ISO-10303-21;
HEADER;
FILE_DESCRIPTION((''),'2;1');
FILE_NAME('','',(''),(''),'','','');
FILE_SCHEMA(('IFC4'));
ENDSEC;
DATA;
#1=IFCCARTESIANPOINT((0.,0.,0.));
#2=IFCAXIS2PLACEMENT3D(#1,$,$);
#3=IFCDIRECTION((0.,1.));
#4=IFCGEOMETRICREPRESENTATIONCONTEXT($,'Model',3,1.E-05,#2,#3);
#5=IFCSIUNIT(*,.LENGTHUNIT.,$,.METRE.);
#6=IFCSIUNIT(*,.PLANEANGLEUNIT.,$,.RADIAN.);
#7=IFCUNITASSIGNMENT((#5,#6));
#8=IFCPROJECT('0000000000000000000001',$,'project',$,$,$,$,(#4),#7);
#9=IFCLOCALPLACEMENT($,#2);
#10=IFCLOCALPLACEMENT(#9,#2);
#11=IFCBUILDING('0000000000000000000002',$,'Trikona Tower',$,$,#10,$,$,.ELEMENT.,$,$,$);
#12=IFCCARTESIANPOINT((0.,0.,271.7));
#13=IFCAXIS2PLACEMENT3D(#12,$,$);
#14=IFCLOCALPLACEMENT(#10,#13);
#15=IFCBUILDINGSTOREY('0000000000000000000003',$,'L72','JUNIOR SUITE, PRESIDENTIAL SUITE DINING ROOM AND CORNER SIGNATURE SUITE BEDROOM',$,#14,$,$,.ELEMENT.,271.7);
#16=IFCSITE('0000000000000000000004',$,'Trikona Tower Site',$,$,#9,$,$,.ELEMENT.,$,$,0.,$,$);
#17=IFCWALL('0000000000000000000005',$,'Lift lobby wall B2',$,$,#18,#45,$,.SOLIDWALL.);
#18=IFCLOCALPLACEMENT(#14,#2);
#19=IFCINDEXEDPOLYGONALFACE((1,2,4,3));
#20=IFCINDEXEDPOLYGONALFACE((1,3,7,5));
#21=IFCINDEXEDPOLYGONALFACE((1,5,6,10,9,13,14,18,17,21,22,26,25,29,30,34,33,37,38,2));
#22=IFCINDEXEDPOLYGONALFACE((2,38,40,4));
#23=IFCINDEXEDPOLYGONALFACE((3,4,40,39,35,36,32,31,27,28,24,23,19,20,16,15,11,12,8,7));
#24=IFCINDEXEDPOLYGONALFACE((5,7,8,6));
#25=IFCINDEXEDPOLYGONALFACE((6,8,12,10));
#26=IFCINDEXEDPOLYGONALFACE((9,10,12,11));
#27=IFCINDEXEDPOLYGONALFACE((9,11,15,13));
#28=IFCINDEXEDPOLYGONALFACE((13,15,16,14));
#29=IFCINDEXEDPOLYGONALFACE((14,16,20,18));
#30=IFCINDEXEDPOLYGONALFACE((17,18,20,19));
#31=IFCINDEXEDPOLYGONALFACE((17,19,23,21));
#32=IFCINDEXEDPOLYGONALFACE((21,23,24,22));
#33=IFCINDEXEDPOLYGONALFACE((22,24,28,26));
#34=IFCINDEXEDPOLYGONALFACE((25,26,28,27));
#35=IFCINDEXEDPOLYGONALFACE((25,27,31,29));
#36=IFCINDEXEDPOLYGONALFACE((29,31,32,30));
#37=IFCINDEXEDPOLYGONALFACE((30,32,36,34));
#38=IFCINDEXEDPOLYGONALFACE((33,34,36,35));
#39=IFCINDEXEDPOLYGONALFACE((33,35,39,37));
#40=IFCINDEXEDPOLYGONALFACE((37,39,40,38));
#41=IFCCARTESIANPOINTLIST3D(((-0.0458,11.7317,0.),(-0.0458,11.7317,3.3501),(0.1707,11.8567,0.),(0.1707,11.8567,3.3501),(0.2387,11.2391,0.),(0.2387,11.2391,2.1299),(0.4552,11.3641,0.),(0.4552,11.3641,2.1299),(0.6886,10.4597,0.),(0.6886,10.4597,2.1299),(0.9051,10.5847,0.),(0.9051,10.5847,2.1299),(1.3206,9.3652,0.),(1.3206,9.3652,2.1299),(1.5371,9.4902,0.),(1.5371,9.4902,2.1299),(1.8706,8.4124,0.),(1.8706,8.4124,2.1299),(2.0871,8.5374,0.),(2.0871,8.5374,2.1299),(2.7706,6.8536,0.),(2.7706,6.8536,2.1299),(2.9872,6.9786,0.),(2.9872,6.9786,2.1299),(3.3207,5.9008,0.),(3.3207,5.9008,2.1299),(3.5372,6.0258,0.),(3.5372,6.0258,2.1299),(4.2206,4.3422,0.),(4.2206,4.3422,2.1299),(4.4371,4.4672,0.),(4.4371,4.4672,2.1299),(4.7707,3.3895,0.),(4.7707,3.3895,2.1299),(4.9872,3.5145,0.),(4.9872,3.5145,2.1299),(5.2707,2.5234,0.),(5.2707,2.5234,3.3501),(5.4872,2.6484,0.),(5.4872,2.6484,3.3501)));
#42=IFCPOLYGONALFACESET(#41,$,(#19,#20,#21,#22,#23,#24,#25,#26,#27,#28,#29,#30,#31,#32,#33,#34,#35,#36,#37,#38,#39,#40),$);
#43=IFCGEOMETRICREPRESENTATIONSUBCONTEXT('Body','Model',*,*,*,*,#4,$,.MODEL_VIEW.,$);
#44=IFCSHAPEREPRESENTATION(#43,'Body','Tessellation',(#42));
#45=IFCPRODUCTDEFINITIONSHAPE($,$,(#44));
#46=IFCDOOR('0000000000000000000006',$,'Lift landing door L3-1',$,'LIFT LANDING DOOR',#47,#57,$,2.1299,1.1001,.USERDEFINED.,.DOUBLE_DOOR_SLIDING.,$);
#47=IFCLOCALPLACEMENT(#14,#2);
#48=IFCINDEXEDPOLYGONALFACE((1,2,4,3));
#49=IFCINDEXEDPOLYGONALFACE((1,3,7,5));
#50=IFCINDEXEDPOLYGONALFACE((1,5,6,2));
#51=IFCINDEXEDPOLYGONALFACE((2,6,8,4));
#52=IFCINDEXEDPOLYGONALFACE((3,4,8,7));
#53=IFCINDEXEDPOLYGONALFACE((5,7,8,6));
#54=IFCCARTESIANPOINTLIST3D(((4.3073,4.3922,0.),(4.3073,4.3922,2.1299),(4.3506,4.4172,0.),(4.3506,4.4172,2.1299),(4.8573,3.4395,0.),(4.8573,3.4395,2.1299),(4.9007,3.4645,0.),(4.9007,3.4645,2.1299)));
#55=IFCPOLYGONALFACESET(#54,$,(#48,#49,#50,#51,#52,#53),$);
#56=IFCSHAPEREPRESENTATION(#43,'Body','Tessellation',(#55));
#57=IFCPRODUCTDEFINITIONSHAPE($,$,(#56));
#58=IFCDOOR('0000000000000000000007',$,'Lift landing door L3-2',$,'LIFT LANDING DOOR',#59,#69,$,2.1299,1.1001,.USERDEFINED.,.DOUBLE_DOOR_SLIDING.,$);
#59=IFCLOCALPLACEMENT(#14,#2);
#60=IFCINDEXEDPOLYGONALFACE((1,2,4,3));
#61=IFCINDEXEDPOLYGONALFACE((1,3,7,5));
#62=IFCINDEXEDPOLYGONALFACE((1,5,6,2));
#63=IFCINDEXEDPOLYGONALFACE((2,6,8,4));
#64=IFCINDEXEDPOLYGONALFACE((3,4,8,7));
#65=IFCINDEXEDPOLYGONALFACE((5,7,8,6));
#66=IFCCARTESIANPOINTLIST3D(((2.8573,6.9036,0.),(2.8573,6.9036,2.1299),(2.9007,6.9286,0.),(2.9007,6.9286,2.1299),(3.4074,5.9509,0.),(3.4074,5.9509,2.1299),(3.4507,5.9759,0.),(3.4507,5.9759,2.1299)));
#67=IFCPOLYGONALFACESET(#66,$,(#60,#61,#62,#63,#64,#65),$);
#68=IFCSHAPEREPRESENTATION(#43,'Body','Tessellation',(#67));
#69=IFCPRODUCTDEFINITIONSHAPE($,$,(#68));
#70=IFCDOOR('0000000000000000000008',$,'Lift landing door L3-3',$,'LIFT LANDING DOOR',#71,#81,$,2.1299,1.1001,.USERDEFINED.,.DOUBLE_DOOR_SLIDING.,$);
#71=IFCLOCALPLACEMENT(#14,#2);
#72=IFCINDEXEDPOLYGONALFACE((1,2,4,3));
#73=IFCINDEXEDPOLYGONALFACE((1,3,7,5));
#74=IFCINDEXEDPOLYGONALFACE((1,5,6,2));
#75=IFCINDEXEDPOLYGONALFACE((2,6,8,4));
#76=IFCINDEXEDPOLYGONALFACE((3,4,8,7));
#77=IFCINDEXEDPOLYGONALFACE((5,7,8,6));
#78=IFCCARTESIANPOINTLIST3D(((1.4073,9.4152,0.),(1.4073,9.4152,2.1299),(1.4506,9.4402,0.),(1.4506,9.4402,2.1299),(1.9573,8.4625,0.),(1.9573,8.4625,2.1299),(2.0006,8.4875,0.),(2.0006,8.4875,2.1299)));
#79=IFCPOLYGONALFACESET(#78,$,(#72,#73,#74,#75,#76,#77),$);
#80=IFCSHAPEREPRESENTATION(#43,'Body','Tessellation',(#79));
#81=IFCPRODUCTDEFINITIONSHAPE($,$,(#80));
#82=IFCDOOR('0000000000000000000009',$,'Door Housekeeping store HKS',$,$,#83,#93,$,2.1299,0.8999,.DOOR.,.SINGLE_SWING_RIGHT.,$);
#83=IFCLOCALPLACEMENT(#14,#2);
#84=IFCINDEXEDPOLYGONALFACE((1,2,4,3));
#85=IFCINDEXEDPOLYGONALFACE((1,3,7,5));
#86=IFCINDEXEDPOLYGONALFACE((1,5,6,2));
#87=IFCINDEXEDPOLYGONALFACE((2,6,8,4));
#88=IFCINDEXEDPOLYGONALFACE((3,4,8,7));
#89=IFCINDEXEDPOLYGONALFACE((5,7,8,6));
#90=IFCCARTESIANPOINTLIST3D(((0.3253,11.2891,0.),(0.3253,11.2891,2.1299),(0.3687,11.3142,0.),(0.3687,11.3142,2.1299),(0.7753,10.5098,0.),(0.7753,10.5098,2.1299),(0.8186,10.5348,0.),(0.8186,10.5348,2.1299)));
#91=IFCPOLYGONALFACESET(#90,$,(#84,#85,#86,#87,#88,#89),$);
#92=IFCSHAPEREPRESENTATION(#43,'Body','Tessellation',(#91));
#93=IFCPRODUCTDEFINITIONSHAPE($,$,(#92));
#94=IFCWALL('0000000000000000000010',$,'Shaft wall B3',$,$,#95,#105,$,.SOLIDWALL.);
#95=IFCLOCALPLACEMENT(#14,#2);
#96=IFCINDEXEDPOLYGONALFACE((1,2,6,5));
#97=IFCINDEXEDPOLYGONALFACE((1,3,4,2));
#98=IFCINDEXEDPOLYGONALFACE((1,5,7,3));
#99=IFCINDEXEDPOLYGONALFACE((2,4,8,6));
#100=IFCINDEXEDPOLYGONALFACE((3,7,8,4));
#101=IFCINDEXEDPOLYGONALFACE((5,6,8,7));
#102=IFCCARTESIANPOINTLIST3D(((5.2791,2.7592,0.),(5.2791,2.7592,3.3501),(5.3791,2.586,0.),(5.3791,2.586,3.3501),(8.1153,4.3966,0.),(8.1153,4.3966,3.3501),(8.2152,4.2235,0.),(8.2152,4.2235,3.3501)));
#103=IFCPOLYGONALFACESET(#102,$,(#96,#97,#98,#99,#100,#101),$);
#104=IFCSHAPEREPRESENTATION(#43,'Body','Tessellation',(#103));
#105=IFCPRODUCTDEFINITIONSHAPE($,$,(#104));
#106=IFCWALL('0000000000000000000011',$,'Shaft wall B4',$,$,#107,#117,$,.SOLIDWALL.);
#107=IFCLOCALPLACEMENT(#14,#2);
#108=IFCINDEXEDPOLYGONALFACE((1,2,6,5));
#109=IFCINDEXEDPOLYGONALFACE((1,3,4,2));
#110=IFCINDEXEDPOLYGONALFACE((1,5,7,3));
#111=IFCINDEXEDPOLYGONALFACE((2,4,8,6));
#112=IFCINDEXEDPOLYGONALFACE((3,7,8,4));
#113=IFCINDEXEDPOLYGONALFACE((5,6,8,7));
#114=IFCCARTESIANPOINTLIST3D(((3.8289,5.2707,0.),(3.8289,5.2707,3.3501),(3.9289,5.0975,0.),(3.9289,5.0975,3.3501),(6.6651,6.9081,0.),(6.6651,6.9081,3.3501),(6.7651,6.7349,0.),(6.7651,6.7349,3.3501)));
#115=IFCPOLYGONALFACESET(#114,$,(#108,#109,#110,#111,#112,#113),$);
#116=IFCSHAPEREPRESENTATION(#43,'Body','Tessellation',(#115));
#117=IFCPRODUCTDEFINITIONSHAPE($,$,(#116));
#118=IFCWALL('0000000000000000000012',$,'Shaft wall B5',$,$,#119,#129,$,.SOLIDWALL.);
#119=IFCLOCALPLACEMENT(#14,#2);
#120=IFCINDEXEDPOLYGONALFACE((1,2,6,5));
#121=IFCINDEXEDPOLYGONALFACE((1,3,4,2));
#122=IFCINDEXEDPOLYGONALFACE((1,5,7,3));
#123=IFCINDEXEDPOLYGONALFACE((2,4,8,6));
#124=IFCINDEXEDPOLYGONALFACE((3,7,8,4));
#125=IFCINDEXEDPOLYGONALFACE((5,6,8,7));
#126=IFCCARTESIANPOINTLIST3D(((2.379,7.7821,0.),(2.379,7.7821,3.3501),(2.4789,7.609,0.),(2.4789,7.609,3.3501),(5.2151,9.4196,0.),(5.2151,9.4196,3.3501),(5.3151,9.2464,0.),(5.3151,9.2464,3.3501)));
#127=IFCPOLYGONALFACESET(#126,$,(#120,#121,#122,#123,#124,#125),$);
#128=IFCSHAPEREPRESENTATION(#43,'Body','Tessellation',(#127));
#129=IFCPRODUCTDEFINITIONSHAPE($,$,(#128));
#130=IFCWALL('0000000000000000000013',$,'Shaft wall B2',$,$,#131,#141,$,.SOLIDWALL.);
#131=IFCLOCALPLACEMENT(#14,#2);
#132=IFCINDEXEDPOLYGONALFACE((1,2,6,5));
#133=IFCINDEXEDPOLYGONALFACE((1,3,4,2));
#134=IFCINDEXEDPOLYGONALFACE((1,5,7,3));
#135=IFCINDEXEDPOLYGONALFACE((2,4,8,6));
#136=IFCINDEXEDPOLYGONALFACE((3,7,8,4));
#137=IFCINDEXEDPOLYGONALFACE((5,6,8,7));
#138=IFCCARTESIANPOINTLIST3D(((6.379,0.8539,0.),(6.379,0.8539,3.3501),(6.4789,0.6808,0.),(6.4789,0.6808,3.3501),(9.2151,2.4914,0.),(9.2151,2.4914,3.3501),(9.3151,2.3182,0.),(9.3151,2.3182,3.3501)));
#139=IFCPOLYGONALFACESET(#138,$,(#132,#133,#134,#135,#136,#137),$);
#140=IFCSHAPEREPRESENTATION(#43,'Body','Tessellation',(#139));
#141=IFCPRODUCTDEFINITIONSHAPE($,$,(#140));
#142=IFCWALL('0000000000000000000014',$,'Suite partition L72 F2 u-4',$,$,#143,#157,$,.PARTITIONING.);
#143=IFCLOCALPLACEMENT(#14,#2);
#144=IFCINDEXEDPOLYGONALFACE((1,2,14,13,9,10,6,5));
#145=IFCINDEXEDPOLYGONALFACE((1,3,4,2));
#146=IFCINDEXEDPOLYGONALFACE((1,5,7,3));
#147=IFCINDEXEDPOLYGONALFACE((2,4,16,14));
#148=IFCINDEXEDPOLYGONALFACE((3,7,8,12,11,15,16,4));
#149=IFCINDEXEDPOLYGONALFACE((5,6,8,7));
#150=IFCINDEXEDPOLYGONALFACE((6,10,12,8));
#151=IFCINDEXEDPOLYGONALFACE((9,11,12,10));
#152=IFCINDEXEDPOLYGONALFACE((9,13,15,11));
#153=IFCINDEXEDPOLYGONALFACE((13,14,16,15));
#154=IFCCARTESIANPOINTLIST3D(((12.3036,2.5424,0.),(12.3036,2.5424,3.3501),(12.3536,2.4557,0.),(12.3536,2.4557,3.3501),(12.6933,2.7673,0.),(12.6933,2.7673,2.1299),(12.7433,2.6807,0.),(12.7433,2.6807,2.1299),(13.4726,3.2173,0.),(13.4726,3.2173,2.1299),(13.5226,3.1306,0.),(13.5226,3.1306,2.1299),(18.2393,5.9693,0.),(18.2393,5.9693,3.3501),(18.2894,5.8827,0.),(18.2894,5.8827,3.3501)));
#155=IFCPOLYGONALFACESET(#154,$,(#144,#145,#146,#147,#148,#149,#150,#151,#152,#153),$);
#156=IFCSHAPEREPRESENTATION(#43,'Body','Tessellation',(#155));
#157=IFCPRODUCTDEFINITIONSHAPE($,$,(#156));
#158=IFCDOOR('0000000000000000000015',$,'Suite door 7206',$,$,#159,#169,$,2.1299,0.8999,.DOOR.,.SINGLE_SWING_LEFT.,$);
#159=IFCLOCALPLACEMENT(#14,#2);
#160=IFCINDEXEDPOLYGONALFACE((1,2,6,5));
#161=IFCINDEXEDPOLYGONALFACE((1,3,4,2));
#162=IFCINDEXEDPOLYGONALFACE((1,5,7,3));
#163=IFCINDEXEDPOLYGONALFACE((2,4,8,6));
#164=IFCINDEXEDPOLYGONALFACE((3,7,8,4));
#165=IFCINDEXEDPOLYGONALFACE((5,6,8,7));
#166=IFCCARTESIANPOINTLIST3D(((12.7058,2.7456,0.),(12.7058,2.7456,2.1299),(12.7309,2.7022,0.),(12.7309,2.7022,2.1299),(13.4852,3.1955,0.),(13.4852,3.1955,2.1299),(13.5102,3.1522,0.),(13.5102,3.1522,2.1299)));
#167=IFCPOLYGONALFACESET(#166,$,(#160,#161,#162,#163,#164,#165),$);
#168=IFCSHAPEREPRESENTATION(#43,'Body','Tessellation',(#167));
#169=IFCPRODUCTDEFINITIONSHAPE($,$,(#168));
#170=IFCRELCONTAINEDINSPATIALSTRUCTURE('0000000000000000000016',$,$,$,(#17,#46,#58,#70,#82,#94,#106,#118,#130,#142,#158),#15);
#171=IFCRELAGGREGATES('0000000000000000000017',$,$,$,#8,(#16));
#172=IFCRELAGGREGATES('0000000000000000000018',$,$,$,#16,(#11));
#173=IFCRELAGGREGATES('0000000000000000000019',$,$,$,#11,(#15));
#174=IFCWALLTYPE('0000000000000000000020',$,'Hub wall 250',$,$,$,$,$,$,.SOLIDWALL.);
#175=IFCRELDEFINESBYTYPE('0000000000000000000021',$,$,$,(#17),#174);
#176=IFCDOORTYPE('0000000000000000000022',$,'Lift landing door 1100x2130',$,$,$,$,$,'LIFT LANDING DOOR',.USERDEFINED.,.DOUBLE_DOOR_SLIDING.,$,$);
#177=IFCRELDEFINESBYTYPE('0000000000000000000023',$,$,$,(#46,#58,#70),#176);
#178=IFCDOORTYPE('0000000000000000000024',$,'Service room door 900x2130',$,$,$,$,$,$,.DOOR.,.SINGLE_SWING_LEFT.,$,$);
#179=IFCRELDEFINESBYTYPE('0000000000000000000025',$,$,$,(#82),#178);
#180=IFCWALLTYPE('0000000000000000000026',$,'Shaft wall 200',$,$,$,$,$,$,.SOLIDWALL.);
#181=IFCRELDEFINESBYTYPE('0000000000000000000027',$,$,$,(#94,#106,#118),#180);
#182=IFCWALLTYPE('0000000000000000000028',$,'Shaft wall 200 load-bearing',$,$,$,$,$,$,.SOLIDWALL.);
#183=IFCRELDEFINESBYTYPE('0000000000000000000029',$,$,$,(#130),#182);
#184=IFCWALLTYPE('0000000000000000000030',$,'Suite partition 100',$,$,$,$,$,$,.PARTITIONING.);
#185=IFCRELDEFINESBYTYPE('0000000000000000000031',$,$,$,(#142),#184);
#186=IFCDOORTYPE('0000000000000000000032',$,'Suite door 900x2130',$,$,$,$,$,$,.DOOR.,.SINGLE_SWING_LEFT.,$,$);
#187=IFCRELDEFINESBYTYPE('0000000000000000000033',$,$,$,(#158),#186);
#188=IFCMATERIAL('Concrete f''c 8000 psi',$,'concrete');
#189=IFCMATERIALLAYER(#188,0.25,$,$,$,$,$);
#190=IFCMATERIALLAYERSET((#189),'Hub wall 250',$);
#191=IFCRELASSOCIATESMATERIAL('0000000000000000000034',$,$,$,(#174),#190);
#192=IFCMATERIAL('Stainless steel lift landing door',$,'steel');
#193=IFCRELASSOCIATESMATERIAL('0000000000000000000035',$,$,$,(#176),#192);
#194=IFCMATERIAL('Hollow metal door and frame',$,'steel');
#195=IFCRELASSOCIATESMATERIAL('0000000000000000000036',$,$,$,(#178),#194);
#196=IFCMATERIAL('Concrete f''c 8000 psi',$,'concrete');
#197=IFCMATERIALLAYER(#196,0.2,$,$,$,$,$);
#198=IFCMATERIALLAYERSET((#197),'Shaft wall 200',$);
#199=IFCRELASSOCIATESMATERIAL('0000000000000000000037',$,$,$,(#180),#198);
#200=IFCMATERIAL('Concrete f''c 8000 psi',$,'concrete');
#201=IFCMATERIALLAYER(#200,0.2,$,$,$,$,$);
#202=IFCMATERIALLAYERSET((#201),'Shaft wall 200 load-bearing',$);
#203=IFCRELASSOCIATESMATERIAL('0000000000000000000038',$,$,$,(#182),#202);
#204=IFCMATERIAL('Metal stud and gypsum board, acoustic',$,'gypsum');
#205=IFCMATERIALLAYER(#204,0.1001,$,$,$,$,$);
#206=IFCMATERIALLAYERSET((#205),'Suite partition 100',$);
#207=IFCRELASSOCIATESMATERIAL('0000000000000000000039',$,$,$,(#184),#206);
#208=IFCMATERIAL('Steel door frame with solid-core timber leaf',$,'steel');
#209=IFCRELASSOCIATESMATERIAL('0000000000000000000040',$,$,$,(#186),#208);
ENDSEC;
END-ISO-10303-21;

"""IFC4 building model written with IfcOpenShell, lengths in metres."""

from ifc_helpers import new_model, si_unit, direction, frame, frame_2d, origin, place, context, subcontext, project, spatial, rectangle, extrude, material, layer, layer_set, type_object, element, fill, save


model = new_model("IFC4")

# Units and contexts
model_context = context("Model", 3, precision=1e-05, world=origin(), true_north=direction((0.0, 1.0)))
body_context = subcontext(model_context, "Body", "Model", "MODEL_VIEW")
ifc_project = project(units=[si_unit("LENGTHUNIT", "METRE"), si_unit("PLANEANGLEUNIT", "RADIAN")], contexts=[model_context])

# Site, building, storey
site_placement = place(None, origin())
site = spatial("IfcSite", under=ifc_project, at=site_placement, Name="Trikona Tower Site", CompositionType="ELEMENT", RefElevation=0.0)
building_placement = place(site_placement, origin())
building = spatial("IfcBuilding", under=site, at=building_placement, Name="Trikona Tower", CompositionType="ELEMENT")
storey_placement = place(building_placement, frame((0.0, 0.0, 271.7)))
storey = spatial("IfcBuildingStorey", under=building, at=storey_placement, Name="L72", Description="JUNIOR SUITE, PRESIDENTIAL SUITE DINING ROOM AND CORNER SIGNATURE SUITE BEDROOM", CompositionType="ELEMENT", Elevation=271.7)

# Wall, openings, doors
ifc_material_1 = material(Name="Concrete f'c 8000 psi", Category="concrete")
ifc_layer_1 = layer(ifc_material_1, 0.25)
ifc_layer_set_1 = layer_set([ifc_layer_1], Name="Hub wall 250")
wall_type_1 = type_object("IfcWallType", Name="Hub wall 250", PredefinedType="SOLIDWALL", material=ifc_layer_set_1)
wall_1_placement = place(storey_placement, frame((5.3789, 2.5859, 0.0), z_axis=(0.0, 0.0, 1.0), x_axis=(-0.500001, 0.866025, 0.0)))
wall_1 = element("IfcWall", 1, at=wall_1_placement, inside=storey, type_object=wall_type_1, Name="Lift lobby wall B2", PredefinedType="SOLIDWALL", context=body_context, shape_type="SweptSolid", body=[
    extrude(rectangle(XDim=10.6328, YDim=0.25, at=frame_2d((5.3164, 0.0))), origin(), (0.0, 0.0, 1.0), 3.3501),
])
opening_1_placement = place(wall_1_placement, frame((9.1641, 0.0, 0.0)))
opening_1 = element("IfcOpeningElement", 2, at=opening_1_placement, cuts=wall_1, PredefinedType="OPENING", context=body_context, shape_type="SweptSolid", body=[
    extrude(rectangle(XDim=0.8999, YDim=2.1299, at=frame_2d((0.45, 1.0649))), frame((0.0, 0.135, 0.0), z_axis=(0.0, -1.0, 0.0), x_axis=(1.0, 0.0, 0.0)), (0.0, 0.0, 1.0), 0.27),
])
opening_2_placement = place(wall_1_placement, frame((1.0, 0.0, 0.0)))
opening_2 = element("IfcOpeningElement", 3, at=opening_2_placement, cuts=wall_1, PredefinedType="OPENING", context=body_context, shape_type="SweptSolid", body=[
    extrude(rectangle(XDim=1.1001, YDim=2.1299, at=frame_2d((0.55, 1.0649))), frame((0.0, 0.135, 0.0), z_axis=(0.0, -1.0, 0.0), x_axis=(1.0, 0.0, 0.0)), (0.0, 0.0, 1.0), 0.27),
])
opening_3_placement = place(wall_1_placement, frame((3.8999, 0.0, 0.0)))
opening_3 = element("IfcOpeningElement", 4, at=opening_3_placement, cuts=wall_1, PredefinedType="OPENING", context=body_context, shape_type="SweptSolid", body=[
    extrude(rectangle(XDim=1.1001, YDim=2.1299, at=frame_2d((0.55, 1.0649))), frame((0.0, 0.135, 0.0), z_axis=(0.0, -1.0, 0.0), x_axis=(1.0, 0.0, 0.0)), (0.0, 0.0, 1.0), 0.27),
])
opening_4_placement = place(wall_1_placement, frame((6.8, 0.0, 0.0)))
opening_4 = element("IfcOpeningElement", 5, at=opening_4_placement, cuts=wall_1, PredefinedType="OPENING", context=body_context, shape_type="SweptSolid", body=[
    extrude(rectangle(XDim=1.1001, YDim=2.1299, at=frame_2d((0.55, 1.0649))), frame((0.0, 0.135, 0.0), z_axis=(0.0, -1.0, 0.0), x_axis=(1.0, 0.0, 0.0)), (0.0, 0.0, 1.0), 0.27),
])
ifc_material_2 = material(Name="Stainless steel lift landing door", Category="steel")
door_type_1 = type_object("IfcDoorType", Name="Lift landing door 1100x2130", ElementType="LIFT LANDING DOOR", OperationType="DOUBLE_DOOR_SLIDING", PredefinedType="USERDEFINED", material=ifc_material_2)
door_1_placement = place(opening_2_placement, origin())
door_1 = element("IfcDoor", 6, at=door_1_placement, inside=storey, type_object=door_type_1, Name="Lift landing door L3-1", ObjectType="LIFT LANDING DOOR", OperationType="DOUBLE_DOOR_SLIDING", OverallHeight=2.1299, OverallWidth=1.1001, PredefinedType="USERDEFINED", context=body_context, shape_type="SweptSolid", body=[
    extrude(rectangle(XDim=1.1001, YDim=2.1299, at=frame_2d((0.55, 1.0649))), frame((0.0, 0.0249, 0.0), z_axis=(0.0, -1.0, 0.0), x_axis=(1.0, 0.0, 0.0)), (0.0, 0.0, 1.0), 0.05),
])
fill(opening_2, door_1)
door_2_placement = place(opening_3_placement, origin())
door_2 = element("IfcDoor", 7, at=door_2_placement, inside=storey, type_object=door_type_1, Name="Lift landing door L3-2", ObjectType="LIFT LANDING DOOR", OperationType="DOUBLE_DOOR_SLIDING", OverallHeight=2.1299, OverallWidth=1.1001, PredefinedType="USERDEFINED", context=body_context, shape_type="SweptSolid", body=[
    extrude(rectangle(XDim=1.1001, YDim=2.1299, at=frame_2d((0.55, 1.0649))), frame((0.0, 0.0249, 0.0), z_axis=(0.0, -1.0, 0.0), x_axis=(1.0, 0.0, 0.0)), (0.0, 0.0, 1.0), 0.05),
])
fill(opening_3, door_2)
door_3_placement = place(opening_4_placement, origin())
door_3 = element("IfcDoor", 8, at=door_3_placement, inside=storey, type_object=door_type_1, Name="Lift landing door L3-3", ObjectType="LIFT LANDING DOOR", OperationType="DOUBLE_DOOR_SLIDING", OverallHeight=2.1299, OverallWidth=1.1001, PredefinedType="USERDEFINED", context=body_context, shape_type="SweptSolid", body=[
    extrude(rectangle(XDim=1.1001, YDim=2.1299, at=frame_2d((0.55, 1.0649))), frame((0.0, 0.0249, 0.0), z_axis=(0.0, -1.0, 0.0), x_axis=(1.0, 0.0, 0.0)), (0.0, 0.0, 1.0), 0.05),
])
fill(opening_4, door_3)
ifc_material_3 = material(Name="Hollow metal door and frame", Category="steel")
door_type_2 = type_object("IfcDoorType", Name="Service room door 900x2130", OperationType="SINGLE_SWING_LEFT", PredefinedType="DOOR", material=ifc_material_3)
door_4_placement = place(opening_1_placement, origin())
door_4 = element("IfcDoor", 9, at=door_4_placement, inside=storey, type_object=door_type_2, Name="Door Housekeeping store HKS", OperationType="SINGLE_SWING_RIGHT", OverallHeight=2.1299, OverallWidth=0.8999, PredefinedType="DOOR", context=body_context, shape_type="SweptSolid", body=[
    extrude(rectangle(XDim=0.8999, YDim=2.1299, at=frame_2d((0.45, 1.0649))), frame((0.0, 0.0249, 0.0), z_axis=(0.0, -1.0, 0.0), x_axis=(1.0, 0.0, 0.0)), (0.0, 0.0, 1.0), 0.05),
])
fill(opening_1, door_4)

# Walls
ifc_material_4 = material(Name="Concrete f'c 8000 psi", Category="concrete")
ifc_layer_2 = layer(ifc_material_4, 0.2)
ifc_layer_set_2 = layer_set([ifc_layer_2], Name="Shaft wall 200")
wall_type_2 = type_object("IfcWallType", Name="Shaft wall 200", PredefinedType="SOLIDWALL", material=ifc_layer_set_2)
for number, where, z_axis, x_axis, name in (
    (10, (5.3291, 2.6726, 0.0), (0.0, 0.0, 1.0), (0.866028, 0.499996, 0.0), "Shaft wall B3"),
    (11, (3.8789, 5.1841, 0.0), (0.0, 0.0, 1.0), (0.866028, 0.499996, 0.0), "Shaft wall B4"),
    (12, (2.429, 7.6956, 0.0), (0.0, 0.0, 1.0), (0.866028, 0.499996, 0.0), "Shaft wall B5"),
):
    element("IfcWall", number, at=place(storey_placement, frame(where, z_axis=z_axis, x_axis=x_axis)), inside=storey, type_object=wall_type_2, Name=name, PredefinedType="SOLIDWALL", context=body_context, shape_type="SweptSolid", body=[
        extrude(rectangle(XDim=3.2749, YDim=0.2, at=frame_2d((1.6375, 0.0))), origin(), (0.0, 0.0, 1.0), 3.3501),
    ])
ifc_material_5 = material(Name="Concrete f'c 8000 psi", Category="concrete")
ifc_layer_3 = layer(ifc_material_5, 0.2)
ifc_layer_set_3 = layer_set([ifc_layer_3], Name="Shaft wall 200 load-bearing")
wall_type_3 = type_object("IfcWallType", Name="Shaft wall 200 load-bearing", PredefinedType="SOLIDWALL", material=ifc_layer_set_3)
wall_2_placement = place(storey_placement, frame((6.429, 0.7673, 0.0), z_axis=(0.0, 0.0, 1.0), x_axis=(0.866028, 0.499996, 0.0)))
element("IfcWall", 13, at=wall_2_placement, inside=storey, type_object=wall_type_3, Name="Shaft wall B2", PredefinedType="SOLIDWALL", context=body_context, shape_type="SweptSolid", body=[
    extrude(rectangle(XDim=3.2749, YDim=0.2, at=frame_2d((1.6375, 0.0))), origin(), (0.0, 0.0, 1.0), 3.3501),
])

# Wall, opening, door
ifc_material_6 = material(Name="Metal stud and gypsum board, acoustic", Category="gypsum")
ifc_layer_4 = layer(ifc_material_6, 0.1001)
ifc_layer_set_4 = layer_set([ifc_layer_4], Name="Suite partition 100")
wall_type_4 = type_object("IfcWallType", Name="Suite partition 100", PredefinedType="PARTITIONING", material=ifc_layer_set_4)
wall_3_placement = place(storey_placement, frame((12.3286, 2.499, 0.0), z_axis=(0.0, 0.0, 1.0), x_axis=(0.866027, 0.499997, 0.0)))
wall_3 = element("IfcWall", 14, at=wall_3_placement, inside=storey, type_object=wall_type_4, Name="Suite partition L72 F2 u-4", PredefinedType="PARTITIONING", context=body_context, shape_type="SweptSolid", body=[
    extrude(rectangle(XDim=6.854, YDim=0.1001, at=frame_2d((3.427, 0.0))), origin(), (0.0, 0.0, 1.0), 3.3501),
])
opening_5_placement = place(wall_3_placement, frame((0.45, 0.0, 0.0)))
opening_5 = element("IfcOpeningElement", 15, at=opening_5_placement, cuts=wall_3, PredefinedType="OPENING", context=body_context, shape_type="SweptSolid", body=[
    extrude(rectangle(XDim=0.8999, YDim=2.1299, at=frame_2d((0.45, 1.0649))), frame((0.0, 0.0601, 0.0), z_axis=(0.0, -1.0, 0.0), x_axis=(1.0, 0.0, 0.0)), (0.0, 0.0, 1.0), 0.1201),
])
ifc_material_7 = material(Name="Steel door frame with solid-core timber leaf", Category="steel")
door_type_3 = type_object("IfcDoorType", Name="Suite door 900x2130", OperationType="SINGLE_SWING_LEFT", PredefinedType="DOOR", material=ifc_material_7)
door_5_placement = place(opening_5_placement, origin())
door_5 = element("IfcDoor", 16, at=door_5_placement, inside=storey, type_object=door_type_3, Name="Suite door 7206", OperationType="SINGLE_SWING_LEFT", OverallHeight=2.1299, OverallWidth=0.8999, PredefinedType="DOOR", context=body_context, shape_type="SweptSolid", body=[
    extrude(rectangle(XDim=0.8999, YDim=2.1299, at=frame_2d((0.45, 1.0649))), frame((0.0, 0.0249, 0.0), z_axis=(0.0, -1.0, 0.0), x_axis=(1.0, 0.0, 0.0)), (0.0, 0.0, 1.0), 0.05),
])
fill(opening_5, door_5)

save(model, "model.ifc")
